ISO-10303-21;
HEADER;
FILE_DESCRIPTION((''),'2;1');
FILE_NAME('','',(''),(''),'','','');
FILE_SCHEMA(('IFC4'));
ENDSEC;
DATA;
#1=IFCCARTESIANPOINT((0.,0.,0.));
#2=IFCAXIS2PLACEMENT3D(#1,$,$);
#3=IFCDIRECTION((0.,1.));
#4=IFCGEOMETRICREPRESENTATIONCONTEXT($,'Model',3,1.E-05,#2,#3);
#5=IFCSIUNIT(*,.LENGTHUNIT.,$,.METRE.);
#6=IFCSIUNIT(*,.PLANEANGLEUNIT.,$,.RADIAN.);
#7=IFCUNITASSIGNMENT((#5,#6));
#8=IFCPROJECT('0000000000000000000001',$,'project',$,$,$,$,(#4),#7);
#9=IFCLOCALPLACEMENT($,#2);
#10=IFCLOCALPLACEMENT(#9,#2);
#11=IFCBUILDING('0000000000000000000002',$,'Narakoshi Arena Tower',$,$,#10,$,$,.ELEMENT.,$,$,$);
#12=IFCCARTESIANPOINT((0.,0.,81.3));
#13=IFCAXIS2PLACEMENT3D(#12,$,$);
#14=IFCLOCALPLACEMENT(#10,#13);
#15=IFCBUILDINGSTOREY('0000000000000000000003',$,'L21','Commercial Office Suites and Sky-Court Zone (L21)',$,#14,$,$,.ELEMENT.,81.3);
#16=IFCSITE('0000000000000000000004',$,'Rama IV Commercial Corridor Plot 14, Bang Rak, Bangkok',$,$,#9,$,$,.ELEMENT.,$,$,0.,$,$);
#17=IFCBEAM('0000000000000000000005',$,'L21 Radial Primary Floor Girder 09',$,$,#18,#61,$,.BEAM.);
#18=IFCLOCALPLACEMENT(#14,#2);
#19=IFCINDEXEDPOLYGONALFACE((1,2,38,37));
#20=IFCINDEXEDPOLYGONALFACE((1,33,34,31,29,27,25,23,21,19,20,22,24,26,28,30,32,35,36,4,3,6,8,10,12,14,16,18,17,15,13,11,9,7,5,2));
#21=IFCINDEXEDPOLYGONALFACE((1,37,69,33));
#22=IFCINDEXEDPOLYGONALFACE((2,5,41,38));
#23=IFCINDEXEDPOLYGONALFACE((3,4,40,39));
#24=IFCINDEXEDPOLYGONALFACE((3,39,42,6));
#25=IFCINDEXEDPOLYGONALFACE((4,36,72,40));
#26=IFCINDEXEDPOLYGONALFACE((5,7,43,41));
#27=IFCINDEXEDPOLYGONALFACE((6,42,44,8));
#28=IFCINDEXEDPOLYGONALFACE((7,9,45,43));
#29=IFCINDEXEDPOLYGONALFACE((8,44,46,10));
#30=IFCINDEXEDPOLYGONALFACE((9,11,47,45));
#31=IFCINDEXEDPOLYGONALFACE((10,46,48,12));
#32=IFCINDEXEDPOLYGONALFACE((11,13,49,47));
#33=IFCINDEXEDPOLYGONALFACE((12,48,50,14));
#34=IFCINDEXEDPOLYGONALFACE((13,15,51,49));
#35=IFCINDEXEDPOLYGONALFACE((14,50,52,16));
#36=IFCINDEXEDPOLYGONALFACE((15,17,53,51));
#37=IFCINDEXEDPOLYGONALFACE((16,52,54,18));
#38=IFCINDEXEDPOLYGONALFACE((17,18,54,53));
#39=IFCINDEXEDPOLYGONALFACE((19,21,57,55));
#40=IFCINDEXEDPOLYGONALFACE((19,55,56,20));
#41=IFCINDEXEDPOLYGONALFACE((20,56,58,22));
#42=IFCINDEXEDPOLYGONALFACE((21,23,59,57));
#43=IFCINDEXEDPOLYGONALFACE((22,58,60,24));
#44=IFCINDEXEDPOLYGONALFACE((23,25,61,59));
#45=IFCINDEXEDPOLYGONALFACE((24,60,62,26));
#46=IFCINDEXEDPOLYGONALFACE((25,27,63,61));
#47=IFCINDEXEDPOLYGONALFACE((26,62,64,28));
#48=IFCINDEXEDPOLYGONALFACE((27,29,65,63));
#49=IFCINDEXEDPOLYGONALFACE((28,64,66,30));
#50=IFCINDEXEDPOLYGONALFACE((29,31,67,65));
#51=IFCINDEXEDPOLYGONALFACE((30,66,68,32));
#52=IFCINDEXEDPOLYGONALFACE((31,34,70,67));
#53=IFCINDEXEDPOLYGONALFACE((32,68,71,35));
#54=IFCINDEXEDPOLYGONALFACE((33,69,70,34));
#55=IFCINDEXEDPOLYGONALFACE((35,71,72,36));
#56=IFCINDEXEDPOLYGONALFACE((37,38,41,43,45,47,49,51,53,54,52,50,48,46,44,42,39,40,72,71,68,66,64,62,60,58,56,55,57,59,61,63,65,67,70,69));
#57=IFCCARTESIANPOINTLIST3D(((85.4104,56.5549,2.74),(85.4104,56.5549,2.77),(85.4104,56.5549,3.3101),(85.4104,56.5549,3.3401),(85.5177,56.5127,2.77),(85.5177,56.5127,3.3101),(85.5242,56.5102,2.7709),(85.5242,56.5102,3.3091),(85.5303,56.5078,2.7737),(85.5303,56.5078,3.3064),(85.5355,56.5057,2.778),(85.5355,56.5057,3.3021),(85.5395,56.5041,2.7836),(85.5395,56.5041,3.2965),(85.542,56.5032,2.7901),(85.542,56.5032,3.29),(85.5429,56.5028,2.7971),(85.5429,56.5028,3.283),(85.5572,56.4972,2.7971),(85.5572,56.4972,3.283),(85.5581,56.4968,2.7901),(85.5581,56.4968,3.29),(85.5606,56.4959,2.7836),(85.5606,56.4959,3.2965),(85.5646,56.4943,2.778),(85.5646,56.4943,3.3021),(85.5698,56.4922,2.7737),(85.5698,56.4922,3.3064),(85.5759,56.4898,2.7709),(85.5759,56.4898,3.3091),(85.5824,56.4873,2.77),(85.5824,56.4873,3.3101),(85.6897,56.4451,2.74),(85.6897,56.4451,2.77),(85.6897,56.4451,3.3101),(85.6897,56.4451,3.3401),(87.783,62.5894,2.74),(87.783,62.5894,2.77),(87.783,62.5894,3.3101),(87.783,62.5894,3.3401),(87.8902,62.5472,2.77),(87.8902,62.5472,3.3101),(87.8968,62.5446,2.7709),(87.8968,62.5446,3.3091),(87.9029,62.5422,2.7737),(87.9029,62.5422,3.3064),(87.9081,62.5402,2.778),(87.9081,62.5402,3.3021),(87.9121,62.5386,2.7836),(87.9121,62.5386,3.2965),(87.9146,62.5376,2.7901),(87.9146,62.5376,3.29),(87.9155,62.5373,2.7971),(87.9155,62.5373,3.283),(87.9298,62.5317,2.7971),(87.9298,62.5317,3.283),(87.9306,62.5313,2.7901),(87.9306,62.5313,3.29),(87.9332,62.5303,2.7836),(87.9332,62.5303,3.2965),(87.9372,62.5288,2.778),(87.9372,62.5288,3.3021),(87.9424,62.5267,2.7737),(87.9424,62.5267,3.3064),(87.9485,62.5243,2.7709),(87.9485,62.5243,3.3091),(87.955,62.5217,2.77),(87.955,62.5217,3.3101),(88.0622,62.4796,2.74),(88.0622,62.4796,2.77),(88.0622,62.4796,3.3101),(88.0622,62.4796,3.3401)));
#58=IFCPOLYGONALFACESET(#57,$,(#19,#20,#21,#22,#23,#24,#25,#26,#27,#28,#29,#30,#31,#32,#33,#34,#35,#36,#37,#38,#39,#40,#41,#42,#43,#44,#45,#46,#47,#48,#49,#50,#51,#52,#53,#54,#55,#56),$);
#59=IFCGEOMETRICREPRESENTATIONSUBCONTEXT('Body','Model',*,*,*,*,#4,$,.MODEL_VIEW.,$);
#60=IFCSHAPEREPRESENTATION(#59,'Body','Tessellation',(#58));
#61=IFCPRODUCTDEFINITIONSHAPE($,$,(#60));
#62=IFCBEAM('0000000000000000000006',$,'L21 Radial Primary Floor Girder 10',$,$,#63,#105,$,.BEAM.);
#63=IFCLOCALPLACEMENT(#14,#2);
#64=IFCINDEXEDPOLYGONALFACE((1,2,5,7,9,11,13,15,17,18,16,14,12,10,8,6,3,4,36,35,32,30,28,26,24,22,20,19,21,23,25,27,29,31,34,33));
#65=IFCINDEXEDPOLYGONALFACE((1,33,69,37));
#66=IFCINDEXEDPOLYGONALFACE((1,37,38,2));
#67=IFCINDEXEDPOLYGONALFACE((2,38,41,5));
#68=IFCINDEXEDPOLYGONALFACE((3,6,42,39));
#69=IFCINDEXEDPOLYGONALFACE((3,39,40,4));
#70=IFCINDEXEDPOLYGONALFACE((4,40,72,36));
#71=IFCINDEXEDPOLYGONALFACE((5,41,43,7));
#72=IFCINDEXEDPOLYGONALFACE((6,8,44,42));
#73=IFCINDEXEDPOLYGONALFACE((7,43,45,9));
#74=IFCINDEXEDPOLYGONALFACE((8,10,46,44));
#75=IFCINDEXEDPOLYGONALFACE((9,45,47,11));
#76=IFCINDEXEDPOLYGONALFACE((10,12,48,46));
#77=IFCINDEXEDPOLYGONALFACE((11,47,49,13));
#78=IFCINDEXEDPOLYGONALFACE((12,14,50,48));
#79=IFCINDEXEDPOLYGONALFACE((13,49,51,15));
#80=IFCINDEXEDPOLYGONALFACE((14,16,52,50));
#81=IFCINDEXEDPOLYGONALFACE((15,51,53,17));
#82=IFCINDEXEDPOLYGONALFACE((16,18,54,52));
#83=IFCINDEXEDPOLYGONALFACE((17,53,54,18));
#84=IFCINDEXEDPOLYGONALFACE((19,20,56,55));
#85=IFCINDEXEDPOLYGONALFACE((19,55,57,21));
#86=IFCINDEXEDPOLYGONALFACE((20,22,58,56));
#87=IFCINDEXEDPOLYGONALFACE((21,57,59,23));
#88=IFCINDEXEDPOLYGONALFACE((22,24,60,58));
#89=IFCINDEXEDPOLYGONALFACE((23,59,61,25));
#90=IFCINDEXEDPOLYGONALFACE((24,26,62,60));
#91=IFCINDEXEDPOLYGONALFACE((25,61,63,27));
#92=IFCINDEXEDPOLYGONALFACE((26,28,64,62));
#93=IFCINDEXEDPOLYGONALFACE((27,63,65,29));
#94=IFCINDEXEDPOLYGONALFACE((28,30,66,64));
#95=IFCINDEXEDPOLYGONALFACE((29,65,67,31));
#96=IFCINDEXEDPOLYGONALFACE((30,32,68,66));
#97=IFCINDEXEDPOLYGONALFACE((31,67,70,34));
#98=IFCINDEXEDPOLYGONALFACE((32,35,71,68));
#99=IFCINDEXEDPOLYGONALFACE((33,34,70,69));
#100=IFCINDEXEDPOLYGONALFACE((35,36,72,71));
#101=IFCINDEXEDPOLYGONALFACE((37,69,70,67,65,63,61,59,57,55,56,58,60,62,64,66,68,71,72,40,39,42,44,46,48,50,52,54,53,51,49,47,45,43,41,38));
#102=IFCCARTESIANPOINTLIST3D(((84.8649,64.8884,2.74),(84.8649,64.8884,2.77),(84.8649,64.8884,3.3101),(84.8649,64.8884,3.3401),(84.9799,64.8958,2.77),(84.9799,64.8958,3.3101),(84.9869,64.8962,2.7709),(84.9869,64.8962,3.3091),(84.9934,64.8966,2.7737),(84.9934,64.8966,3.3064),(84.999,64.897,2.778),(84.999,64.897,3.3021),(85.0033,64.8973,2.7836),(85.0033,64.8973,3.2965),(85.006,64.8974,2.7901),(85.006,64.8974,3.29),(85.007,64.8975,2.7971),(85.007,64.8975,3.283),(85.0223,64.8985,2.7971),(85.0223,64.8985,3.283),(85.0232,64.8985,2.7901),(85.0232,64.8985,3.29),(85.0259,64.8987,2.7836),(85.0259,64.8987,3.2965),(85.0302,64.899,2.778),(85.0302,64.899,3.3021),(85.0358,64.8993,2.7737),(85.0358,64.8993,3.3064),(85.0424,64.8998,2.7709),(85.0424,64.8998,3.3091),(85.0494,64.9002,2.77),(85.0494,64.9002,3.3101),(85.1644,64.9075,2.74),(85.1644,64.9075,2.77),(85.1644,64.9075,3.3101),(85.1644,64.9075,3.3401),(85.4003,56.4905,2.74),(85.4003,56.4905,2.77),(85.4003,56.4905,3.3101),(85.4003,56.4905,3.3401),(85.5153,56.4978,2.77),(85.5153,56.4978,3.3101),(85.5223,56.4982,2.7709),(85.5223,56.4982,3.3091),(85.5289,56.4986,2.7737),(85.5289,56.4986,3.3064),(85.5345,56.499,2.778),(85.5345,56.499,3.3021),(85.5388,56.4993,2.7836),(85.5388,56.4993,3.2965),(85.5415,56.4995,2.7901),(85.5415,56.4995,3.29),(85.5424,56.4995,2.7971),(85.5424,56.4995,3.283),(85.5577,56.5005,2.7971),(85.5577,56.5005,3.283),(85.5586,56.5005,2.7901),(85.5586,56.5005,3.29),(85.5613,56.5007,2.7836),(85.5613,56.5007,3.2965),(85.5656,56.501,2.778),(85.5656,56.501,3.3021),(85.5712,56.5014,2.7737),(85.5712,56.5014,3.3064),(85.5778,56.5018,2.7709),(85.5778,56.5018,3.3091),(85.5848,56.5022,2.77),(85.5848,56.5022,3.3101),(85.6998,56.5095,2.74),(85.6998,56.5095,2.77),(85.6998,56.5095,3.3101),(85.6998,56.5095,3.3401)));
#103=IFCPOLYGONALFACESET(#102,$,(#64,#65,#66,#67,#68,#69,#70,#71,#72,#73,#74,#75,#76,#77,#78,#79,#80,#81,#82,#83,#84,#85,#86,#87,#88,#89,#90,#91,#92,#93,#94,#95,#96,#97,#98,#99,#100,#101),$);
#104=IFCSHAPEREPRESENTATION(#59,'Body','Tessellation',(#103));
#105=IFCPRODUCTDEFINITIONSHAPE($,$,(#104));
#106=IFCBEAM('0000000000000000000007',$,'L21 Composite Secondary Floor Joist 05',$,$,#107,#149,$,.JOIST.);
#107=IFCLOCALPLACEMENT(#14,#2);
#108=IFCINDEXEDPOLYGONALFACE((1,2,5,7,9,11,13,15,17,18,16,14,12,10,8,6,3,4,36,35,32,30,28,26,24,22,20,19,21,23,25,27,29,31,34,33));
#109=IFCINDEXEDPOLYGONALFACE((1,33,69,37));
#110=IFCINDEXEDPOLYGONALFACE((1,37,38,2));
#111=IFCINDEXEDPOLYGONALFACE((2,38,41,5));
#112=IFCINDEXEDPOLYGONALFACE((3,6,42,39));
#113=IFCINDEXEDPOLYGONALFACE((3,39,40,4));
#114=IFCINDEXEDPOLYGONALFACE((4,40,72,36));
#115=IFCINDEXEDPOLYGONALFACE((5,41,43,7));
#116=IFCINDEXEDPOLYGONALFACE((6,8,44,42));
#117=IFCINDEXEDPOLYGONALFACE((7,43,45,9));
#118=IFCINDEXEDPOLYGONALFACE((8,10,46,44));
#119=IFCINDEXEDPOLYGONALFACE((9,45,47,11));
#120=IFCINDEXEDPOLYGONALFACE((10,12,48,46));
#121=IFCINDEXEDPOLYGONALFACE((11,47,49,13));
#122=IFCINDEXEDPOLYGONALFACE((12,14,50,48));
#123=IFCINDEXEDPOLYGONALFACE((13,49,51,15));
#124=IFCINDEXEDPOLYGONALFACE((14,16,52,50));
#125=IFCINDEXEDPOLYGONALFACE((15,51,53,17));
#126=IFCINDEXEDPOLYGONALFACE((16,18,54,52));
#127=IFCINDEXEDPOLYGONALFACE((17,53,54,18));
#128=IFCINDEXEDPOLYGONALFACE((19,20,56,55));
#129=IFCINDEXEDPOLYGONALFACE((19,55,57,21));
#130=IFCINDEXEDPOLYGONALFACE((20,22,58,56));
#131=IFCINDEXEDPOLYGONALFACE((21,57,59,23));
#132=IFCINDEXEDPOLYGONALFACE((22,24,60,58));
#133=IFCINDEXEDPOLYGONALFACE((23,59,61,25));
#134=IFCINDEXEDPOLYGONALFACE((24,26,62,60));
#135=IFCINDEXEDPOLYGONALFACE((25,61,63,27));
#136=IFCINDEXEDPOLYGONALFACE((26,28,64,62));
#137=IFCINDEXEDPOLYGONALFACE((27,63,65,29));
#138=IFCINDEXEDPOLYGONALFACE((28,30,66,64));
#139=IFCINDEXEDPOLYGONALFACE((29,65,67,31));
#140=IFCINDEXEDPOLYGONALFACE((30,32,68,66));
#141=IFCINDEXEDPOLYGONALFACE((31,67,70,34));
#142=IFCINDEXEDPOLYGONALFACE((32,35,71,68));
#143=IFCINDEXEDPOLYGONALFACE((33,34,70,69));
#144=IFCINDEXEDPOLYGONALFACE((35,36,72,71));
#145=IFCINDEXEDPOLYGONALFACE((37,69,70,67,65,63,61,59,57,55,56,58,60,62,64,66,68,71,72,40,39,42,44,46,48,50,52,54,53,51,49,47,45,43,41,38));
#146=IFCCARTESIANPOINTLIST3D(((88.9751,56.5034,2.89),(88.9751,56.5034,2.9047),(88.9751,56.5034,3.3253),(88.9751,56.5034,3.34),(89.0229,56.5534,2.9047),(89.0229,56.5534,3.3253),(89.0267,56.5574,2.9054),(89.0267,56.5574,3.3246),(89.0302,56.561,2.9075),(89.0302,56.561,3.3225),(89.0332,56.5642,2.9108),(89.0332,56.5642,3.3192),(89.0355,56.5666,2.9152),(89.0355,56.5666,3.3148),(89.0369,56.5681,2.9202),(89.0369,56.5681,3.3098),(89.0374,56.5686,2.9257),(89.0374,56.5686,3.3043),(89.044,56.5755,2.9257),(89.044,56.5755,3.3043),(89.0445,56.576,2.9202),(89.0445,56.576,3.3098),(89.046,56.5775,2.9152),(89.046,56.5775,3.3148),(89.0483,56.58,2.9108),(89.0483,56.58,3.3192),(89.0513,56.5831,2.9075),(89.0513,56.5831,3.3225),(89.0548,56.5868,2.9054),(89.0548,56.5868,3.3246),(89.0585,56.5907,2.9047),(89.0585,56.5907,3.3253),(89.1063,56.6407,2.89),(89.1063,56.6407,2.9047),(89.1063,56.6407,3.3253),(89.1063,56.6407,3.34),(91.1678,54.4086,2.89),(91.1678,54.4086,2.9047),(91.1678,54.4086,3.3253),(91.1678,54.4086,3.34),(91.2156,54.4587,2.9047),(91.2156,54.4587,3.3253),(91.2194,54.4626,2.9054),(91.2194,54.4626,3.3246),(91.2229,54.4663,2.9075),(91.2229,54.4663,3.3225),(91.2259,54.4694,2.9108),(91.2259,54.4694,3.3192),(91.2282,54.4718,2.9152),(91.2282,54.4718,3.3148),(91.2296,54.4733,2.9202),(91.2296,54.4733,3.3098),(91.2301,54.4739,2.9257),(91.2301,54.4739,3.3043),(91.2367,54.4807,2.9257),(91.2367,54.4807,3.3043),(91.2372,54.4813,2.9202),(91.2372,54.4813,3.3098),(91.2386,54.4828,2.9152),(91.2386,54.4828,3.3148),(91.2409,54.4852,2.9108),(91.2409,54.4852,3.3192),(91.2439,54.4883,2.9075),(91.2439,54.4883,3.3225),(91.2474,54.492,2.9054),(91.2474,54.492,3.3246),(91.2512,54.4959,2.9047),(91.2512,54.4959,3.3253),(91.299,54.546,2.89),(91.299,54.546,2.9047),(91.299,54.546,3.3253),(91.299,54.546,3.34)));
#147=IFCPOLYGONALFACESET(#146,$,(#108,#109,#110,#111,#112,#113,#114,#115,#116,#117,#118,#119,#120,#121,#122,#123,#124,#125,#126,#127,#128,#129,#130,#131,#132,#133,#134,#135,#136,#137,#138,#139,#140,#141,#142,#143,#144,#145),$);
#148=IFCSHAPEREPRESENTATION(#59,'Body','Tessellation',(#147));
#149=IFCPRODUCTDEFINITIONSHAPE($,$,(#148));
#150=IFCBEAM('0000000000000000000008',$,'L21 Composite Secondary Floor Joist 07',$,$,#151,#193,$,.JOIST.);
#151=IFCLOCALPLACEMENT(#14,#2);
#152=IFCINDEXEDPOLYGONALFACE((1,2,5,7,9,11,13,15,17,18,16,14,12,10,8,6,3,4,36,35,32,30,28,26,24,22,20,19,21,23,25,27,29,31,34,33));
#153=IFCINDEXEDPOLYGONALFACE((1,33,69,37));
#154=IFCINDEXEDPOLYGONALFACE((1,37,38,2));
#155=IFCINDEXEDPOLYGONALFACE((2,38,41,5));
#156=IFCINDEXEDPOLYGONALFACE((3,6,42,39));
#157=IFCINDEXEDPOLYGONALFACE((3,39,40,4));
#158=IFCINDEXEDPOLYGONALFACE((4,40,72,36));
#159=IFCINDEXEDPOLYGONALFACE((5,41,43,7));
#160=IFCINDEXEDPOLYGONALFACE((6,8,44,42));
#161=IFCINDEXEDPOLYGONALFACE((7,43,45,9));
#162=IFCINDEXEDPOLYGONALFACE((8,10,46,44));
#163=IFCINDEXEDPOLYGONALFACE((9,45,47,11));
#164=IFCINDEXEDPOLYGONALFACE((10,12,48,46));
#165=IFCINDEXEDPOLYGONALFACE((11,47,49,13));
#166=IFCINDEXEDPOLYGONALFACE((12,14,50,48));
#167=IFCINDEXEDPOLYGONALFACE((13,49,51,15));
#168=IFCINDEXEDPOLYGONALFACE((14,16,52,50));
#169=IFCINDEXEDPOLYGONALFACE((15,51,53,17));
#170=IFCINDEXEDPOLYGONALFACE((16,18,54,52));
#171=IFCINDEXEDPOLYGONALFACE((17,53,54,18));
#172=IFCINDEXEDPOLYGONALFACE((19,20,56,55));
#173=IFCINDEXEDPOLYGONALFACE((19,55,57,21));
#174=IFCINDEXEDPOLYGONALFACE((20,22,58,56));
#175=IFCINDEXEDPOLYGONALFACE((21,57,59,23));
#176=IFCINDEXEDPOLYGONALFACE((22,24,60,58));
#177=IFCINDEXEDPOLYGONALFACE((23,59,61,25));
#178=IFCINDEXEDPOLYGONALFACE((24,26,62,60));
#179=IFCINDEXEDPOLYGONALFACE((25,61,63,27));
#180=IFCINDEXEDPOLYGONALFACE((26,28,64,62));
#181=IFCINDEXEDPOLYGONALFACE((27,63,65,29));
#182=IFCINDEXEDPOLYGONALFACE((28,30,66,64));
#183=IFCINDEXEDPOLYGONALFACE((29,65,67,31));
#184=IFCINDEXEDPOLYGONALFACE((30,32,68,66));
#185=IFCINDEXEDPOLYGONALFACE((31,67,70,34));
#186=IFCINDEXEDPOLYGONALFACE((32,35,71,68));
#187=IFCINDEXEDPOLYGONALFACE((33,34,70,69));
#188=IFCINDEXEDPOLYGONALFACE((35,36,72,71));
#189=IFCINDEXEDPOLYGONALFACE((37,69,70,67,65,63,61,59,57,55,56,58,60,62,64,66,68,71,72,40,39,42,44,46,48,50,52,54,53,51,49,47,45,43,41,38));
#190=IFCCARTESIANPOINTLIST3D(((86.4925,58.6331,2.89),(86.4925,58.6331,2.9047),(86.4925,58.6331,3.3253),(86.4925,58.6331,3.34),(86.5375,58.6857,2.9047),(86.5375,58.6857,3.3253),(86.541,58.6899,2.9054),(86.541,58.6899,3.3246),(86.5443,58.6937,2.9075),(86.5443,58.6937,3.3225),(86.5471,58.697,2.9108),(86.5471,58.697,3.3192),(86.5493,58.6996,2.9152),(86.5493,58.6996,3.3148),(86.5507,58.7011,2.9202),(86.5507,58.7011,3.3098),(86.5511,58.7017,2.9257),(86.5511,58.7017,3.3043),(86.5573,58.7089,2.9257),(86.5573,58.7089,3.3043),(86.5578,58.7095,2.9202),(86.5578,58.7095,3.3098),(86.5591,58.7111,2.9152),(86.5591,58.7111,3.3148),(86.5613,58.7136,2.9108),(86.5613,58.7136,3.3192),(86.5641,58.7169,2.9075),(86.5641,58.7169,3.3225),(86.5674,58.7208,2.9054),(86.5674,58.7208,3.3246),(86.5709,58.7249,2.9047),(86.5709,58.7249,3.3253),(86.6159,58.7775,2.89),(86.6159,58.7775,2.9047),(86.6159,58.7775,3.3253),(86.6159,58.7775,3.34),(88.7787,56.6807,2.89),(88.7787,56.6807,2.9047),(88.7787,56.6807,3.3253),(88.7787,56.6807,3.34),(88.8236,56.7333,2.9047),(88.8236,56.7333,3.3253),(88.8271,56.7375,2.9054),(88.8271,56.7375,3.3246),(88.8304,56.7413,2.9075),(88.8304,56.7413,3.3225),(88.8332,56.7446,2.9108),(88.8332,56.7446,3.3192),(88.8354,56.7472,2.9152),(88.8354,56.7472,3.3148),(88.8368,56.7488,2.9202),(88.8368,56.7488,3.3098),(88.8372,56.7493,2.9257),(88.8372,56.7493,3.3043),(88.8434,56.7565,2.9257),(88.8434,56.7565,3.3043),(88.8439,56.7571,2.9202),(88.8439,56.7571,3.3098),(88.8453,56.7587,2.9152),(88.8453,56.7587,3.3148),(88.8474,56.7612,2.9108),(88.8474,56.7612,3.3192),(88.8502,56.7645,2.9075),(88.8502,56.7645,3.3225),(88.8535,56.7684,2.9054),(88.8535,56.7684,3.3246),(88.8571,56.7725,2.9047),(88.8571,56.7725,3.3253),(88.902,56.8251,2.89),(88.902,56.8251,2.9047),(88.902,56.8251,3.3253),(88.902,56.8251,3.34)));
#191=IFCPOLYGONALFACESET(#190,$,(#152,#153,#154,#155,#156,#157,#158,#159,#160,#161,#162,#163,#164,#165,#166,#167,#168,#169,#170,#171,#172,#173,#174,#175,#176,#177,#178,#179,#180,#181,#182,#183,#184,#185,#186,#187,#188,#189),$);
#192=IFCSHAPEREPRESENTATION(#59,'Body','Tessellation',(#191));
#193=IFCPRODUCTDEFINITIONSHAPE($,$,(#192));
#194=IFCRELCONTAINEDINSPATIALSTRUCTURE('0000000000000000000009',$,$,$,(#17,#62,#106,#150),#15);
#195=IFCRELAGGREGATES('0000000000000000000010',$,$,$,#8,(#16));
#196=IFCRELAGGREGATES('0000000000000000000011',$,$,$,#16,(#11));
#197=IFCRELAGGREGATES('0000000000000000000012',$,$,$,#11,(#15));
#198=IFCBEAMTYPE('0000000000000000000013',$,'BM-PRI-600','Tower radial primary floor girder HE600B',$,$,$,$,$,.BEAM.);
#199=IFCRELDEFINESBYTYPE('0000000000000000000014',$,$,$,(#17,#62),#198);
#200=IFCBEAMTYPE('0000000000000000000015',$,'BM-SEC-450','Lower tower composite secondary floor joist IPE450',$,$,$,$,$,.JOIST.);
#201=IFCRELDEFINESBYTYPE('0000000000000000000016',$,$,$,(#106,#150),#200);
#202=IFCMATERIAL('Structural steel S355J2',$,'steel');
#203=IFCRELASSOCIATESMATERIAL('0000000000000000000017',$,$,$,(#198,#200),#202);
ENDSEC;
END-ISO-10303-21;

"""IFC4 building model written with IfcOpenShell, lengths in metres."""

from ifc_helpers import new_model, si_unit, direction, frame, origin, origin_2d, place, context, subcontext, project, spatial, i_section, extrude, material, material_profile, profile_set, type_object, element, save


model = new_model("IFC4")

# Units and contexts
model_context = context("Model", 3, precision=1e-05, world=origin(), true_north=direction((0.0, 1.0)))
body_context = subcontext(model_context, "Body", "Model", "MODEL_VIEW")
ifc_project = project(units=[si_unit("LENGTHUNIT", "METRE"), si_unit("PLANEANGLEUNIT", "RADIAN")], contexts=[model_context])

# Site, building, storey
site_placement = place(None, origin())
site = spatial("IfcSite", under=ifc_project, at=site_placement, Name="Rama IV Commercial Corridor Plot 14, Bang Rak, Bangkok", CompositionType="ELEMENT", RefElevation=0.0)
building_placement = place(site_placement, origin())
building = spatial("IfcBuilding", under=site, at=building_placement, Name="Narakoshi Arena Tower", CompositionType="ELEMENT")
storey_placement = place(building_placement, frame((0.0, 0.0, 81.3)))
storey = spatial("IfcBuildingStorey", under=building, at=storey_placement, Name="L21", Description="Commercial Office Suites and Sky-Court Zone (L21)", CompositionType="ELEMENT", Elevation=81.3)

# Beams
ifc_material_1 = material(Name="Structural steel S355J2", Category="steel")
ifc_material_profile_1 = material_profile(ifc_material_1, i_section(OverallWidth=0.3, OverallDepth=0.6001, WebThickness=0.0154, FlangeThickness=0.03, FilletRadius=0.0271, at=origin_2d()), Name="HE600B")
ifc_profile_set_1 = profile_set([ifc_material_profile_1], Name="Structural steel S355J2")
beam_type_1 = type_object("IfcBeamType", Name="BM-PRI-600", Description="Tower radial primary floor girder HE600B", PredefinedType="BEAM", material=ifc_profile_set_1)
beam_1_placement = place(storey_placement, frame((85.55, 56.5, 3.04), z_axis=(0.365905, 0.930652, 0.0), x_axis=(-0.930652, 0.365905, 0.0)))
element("IfcBeam", 1, at=beam_1_placement, inside=storey, type_object=beam_type_1, Name="L21 Radial Primary Floor Girder 09", PredefinedType="BEAM", context=body_context, shape_type="SweptSolid", body=[
    extrude(i_section(OverallWidth=0.3, OverallDepth=0.6001, WebThickness=0.0154, FlangeThickness=0.03, FilletRadius=0.0271, at=origin_2d()), origin(), (0.0, 0.0, 1.0), 6.4841),
])
beam_2_placement = place(storey_placement, frame((85.55, 56.5, 3.04), z_axis=(-0.063625, 0.997974, 0.0), x_axis=(-0.997974, -0.063625, 0.0)))
element("IfcBeam", 2, at=beam_2_placement, inside=storey, type_object=beam_type_1, Name="L21 Radial Primary Floor Girder 10", PredefinedType="BEAM", context=body_context, shape_type="SweptSolid", body=[
    extrude(i_section(OverallWidth=0.3, OverallDepth=0.6001, WebThickness=0.0154, FlangeThickness=0.03, FilletRadius=0.0271, at=origin_2d()), origin(), (0.0, 0.0, 1.0), 8.415),
])
ifc_material_profile_2 = material_profile(ifc_material_1, i_section(OverallWidth=0.1899, OverallDepth=0.45, WebThickness=0.0095, FlangeThickness=0.0146, FilletRadius=0.021, at=origin_2d()), Name="IPE450")
ifc_profile_set_2 = profile_set([ifc_material_profile_2], Name="Structural steel S355J2")
beam_type_2 = type_object("IfcBeamType", Name="BM-SEC-450", Description="Lower tower composite secondary floor joist IPE450", PredefinedType="JOIST", material=ifc_profile_set_2)
beam_3_placement = place(storey_placement, frame((91.2334, 54.4773, 3.115), z_axis=(-0.723065, 0.69078, 0.0), x_axis=(-0.69078, -0.723065, 0.0)))
element("IfcBeam", 3, at=beam_3_placement, inside=storey, type_object=beam_type_2, Name="L21 Composite Secondary Floor Joist 05", PredefinedType="JOIST", context=body_context, shape_type="SweptSolid", body=[
    extrude(i_section(OverallWidth=0.1899, OverallDepth=0.45, WebThickness=0.0095, FlangeThickness=0.0146, FilletRadius=0.021, at=origin_2d()), origin(), (0.0, 0.0, 1.0), 3.0325),
])
beam_4_placement = place(storey_placement, frame((88.8403, 56.7529, 3.115), z_axis=(-0.76043, 0.649419, 0.0), x_axis=(-0.649419, -0.76043, 0.0)))
element("IfcBeam", 4, at=beam_4_placement, inside=storey, type_object=beam_type_2, Name="L21 Composite Secondary Floor Joist 07", PredefinedType="JOIST", context=body_context, shape_type="SweptSolid", body=[
    extrude(i_section(OverallWidth=0.1899, OverallDepth=0.45, WebThickness=0.0095, FlangeThickness=0.0146, FilletRadius=0.021, at=origin_2d()), origin(), (0.0, 0.0, 1.0), 3.0063),
])

save(model, "model.ifc")
